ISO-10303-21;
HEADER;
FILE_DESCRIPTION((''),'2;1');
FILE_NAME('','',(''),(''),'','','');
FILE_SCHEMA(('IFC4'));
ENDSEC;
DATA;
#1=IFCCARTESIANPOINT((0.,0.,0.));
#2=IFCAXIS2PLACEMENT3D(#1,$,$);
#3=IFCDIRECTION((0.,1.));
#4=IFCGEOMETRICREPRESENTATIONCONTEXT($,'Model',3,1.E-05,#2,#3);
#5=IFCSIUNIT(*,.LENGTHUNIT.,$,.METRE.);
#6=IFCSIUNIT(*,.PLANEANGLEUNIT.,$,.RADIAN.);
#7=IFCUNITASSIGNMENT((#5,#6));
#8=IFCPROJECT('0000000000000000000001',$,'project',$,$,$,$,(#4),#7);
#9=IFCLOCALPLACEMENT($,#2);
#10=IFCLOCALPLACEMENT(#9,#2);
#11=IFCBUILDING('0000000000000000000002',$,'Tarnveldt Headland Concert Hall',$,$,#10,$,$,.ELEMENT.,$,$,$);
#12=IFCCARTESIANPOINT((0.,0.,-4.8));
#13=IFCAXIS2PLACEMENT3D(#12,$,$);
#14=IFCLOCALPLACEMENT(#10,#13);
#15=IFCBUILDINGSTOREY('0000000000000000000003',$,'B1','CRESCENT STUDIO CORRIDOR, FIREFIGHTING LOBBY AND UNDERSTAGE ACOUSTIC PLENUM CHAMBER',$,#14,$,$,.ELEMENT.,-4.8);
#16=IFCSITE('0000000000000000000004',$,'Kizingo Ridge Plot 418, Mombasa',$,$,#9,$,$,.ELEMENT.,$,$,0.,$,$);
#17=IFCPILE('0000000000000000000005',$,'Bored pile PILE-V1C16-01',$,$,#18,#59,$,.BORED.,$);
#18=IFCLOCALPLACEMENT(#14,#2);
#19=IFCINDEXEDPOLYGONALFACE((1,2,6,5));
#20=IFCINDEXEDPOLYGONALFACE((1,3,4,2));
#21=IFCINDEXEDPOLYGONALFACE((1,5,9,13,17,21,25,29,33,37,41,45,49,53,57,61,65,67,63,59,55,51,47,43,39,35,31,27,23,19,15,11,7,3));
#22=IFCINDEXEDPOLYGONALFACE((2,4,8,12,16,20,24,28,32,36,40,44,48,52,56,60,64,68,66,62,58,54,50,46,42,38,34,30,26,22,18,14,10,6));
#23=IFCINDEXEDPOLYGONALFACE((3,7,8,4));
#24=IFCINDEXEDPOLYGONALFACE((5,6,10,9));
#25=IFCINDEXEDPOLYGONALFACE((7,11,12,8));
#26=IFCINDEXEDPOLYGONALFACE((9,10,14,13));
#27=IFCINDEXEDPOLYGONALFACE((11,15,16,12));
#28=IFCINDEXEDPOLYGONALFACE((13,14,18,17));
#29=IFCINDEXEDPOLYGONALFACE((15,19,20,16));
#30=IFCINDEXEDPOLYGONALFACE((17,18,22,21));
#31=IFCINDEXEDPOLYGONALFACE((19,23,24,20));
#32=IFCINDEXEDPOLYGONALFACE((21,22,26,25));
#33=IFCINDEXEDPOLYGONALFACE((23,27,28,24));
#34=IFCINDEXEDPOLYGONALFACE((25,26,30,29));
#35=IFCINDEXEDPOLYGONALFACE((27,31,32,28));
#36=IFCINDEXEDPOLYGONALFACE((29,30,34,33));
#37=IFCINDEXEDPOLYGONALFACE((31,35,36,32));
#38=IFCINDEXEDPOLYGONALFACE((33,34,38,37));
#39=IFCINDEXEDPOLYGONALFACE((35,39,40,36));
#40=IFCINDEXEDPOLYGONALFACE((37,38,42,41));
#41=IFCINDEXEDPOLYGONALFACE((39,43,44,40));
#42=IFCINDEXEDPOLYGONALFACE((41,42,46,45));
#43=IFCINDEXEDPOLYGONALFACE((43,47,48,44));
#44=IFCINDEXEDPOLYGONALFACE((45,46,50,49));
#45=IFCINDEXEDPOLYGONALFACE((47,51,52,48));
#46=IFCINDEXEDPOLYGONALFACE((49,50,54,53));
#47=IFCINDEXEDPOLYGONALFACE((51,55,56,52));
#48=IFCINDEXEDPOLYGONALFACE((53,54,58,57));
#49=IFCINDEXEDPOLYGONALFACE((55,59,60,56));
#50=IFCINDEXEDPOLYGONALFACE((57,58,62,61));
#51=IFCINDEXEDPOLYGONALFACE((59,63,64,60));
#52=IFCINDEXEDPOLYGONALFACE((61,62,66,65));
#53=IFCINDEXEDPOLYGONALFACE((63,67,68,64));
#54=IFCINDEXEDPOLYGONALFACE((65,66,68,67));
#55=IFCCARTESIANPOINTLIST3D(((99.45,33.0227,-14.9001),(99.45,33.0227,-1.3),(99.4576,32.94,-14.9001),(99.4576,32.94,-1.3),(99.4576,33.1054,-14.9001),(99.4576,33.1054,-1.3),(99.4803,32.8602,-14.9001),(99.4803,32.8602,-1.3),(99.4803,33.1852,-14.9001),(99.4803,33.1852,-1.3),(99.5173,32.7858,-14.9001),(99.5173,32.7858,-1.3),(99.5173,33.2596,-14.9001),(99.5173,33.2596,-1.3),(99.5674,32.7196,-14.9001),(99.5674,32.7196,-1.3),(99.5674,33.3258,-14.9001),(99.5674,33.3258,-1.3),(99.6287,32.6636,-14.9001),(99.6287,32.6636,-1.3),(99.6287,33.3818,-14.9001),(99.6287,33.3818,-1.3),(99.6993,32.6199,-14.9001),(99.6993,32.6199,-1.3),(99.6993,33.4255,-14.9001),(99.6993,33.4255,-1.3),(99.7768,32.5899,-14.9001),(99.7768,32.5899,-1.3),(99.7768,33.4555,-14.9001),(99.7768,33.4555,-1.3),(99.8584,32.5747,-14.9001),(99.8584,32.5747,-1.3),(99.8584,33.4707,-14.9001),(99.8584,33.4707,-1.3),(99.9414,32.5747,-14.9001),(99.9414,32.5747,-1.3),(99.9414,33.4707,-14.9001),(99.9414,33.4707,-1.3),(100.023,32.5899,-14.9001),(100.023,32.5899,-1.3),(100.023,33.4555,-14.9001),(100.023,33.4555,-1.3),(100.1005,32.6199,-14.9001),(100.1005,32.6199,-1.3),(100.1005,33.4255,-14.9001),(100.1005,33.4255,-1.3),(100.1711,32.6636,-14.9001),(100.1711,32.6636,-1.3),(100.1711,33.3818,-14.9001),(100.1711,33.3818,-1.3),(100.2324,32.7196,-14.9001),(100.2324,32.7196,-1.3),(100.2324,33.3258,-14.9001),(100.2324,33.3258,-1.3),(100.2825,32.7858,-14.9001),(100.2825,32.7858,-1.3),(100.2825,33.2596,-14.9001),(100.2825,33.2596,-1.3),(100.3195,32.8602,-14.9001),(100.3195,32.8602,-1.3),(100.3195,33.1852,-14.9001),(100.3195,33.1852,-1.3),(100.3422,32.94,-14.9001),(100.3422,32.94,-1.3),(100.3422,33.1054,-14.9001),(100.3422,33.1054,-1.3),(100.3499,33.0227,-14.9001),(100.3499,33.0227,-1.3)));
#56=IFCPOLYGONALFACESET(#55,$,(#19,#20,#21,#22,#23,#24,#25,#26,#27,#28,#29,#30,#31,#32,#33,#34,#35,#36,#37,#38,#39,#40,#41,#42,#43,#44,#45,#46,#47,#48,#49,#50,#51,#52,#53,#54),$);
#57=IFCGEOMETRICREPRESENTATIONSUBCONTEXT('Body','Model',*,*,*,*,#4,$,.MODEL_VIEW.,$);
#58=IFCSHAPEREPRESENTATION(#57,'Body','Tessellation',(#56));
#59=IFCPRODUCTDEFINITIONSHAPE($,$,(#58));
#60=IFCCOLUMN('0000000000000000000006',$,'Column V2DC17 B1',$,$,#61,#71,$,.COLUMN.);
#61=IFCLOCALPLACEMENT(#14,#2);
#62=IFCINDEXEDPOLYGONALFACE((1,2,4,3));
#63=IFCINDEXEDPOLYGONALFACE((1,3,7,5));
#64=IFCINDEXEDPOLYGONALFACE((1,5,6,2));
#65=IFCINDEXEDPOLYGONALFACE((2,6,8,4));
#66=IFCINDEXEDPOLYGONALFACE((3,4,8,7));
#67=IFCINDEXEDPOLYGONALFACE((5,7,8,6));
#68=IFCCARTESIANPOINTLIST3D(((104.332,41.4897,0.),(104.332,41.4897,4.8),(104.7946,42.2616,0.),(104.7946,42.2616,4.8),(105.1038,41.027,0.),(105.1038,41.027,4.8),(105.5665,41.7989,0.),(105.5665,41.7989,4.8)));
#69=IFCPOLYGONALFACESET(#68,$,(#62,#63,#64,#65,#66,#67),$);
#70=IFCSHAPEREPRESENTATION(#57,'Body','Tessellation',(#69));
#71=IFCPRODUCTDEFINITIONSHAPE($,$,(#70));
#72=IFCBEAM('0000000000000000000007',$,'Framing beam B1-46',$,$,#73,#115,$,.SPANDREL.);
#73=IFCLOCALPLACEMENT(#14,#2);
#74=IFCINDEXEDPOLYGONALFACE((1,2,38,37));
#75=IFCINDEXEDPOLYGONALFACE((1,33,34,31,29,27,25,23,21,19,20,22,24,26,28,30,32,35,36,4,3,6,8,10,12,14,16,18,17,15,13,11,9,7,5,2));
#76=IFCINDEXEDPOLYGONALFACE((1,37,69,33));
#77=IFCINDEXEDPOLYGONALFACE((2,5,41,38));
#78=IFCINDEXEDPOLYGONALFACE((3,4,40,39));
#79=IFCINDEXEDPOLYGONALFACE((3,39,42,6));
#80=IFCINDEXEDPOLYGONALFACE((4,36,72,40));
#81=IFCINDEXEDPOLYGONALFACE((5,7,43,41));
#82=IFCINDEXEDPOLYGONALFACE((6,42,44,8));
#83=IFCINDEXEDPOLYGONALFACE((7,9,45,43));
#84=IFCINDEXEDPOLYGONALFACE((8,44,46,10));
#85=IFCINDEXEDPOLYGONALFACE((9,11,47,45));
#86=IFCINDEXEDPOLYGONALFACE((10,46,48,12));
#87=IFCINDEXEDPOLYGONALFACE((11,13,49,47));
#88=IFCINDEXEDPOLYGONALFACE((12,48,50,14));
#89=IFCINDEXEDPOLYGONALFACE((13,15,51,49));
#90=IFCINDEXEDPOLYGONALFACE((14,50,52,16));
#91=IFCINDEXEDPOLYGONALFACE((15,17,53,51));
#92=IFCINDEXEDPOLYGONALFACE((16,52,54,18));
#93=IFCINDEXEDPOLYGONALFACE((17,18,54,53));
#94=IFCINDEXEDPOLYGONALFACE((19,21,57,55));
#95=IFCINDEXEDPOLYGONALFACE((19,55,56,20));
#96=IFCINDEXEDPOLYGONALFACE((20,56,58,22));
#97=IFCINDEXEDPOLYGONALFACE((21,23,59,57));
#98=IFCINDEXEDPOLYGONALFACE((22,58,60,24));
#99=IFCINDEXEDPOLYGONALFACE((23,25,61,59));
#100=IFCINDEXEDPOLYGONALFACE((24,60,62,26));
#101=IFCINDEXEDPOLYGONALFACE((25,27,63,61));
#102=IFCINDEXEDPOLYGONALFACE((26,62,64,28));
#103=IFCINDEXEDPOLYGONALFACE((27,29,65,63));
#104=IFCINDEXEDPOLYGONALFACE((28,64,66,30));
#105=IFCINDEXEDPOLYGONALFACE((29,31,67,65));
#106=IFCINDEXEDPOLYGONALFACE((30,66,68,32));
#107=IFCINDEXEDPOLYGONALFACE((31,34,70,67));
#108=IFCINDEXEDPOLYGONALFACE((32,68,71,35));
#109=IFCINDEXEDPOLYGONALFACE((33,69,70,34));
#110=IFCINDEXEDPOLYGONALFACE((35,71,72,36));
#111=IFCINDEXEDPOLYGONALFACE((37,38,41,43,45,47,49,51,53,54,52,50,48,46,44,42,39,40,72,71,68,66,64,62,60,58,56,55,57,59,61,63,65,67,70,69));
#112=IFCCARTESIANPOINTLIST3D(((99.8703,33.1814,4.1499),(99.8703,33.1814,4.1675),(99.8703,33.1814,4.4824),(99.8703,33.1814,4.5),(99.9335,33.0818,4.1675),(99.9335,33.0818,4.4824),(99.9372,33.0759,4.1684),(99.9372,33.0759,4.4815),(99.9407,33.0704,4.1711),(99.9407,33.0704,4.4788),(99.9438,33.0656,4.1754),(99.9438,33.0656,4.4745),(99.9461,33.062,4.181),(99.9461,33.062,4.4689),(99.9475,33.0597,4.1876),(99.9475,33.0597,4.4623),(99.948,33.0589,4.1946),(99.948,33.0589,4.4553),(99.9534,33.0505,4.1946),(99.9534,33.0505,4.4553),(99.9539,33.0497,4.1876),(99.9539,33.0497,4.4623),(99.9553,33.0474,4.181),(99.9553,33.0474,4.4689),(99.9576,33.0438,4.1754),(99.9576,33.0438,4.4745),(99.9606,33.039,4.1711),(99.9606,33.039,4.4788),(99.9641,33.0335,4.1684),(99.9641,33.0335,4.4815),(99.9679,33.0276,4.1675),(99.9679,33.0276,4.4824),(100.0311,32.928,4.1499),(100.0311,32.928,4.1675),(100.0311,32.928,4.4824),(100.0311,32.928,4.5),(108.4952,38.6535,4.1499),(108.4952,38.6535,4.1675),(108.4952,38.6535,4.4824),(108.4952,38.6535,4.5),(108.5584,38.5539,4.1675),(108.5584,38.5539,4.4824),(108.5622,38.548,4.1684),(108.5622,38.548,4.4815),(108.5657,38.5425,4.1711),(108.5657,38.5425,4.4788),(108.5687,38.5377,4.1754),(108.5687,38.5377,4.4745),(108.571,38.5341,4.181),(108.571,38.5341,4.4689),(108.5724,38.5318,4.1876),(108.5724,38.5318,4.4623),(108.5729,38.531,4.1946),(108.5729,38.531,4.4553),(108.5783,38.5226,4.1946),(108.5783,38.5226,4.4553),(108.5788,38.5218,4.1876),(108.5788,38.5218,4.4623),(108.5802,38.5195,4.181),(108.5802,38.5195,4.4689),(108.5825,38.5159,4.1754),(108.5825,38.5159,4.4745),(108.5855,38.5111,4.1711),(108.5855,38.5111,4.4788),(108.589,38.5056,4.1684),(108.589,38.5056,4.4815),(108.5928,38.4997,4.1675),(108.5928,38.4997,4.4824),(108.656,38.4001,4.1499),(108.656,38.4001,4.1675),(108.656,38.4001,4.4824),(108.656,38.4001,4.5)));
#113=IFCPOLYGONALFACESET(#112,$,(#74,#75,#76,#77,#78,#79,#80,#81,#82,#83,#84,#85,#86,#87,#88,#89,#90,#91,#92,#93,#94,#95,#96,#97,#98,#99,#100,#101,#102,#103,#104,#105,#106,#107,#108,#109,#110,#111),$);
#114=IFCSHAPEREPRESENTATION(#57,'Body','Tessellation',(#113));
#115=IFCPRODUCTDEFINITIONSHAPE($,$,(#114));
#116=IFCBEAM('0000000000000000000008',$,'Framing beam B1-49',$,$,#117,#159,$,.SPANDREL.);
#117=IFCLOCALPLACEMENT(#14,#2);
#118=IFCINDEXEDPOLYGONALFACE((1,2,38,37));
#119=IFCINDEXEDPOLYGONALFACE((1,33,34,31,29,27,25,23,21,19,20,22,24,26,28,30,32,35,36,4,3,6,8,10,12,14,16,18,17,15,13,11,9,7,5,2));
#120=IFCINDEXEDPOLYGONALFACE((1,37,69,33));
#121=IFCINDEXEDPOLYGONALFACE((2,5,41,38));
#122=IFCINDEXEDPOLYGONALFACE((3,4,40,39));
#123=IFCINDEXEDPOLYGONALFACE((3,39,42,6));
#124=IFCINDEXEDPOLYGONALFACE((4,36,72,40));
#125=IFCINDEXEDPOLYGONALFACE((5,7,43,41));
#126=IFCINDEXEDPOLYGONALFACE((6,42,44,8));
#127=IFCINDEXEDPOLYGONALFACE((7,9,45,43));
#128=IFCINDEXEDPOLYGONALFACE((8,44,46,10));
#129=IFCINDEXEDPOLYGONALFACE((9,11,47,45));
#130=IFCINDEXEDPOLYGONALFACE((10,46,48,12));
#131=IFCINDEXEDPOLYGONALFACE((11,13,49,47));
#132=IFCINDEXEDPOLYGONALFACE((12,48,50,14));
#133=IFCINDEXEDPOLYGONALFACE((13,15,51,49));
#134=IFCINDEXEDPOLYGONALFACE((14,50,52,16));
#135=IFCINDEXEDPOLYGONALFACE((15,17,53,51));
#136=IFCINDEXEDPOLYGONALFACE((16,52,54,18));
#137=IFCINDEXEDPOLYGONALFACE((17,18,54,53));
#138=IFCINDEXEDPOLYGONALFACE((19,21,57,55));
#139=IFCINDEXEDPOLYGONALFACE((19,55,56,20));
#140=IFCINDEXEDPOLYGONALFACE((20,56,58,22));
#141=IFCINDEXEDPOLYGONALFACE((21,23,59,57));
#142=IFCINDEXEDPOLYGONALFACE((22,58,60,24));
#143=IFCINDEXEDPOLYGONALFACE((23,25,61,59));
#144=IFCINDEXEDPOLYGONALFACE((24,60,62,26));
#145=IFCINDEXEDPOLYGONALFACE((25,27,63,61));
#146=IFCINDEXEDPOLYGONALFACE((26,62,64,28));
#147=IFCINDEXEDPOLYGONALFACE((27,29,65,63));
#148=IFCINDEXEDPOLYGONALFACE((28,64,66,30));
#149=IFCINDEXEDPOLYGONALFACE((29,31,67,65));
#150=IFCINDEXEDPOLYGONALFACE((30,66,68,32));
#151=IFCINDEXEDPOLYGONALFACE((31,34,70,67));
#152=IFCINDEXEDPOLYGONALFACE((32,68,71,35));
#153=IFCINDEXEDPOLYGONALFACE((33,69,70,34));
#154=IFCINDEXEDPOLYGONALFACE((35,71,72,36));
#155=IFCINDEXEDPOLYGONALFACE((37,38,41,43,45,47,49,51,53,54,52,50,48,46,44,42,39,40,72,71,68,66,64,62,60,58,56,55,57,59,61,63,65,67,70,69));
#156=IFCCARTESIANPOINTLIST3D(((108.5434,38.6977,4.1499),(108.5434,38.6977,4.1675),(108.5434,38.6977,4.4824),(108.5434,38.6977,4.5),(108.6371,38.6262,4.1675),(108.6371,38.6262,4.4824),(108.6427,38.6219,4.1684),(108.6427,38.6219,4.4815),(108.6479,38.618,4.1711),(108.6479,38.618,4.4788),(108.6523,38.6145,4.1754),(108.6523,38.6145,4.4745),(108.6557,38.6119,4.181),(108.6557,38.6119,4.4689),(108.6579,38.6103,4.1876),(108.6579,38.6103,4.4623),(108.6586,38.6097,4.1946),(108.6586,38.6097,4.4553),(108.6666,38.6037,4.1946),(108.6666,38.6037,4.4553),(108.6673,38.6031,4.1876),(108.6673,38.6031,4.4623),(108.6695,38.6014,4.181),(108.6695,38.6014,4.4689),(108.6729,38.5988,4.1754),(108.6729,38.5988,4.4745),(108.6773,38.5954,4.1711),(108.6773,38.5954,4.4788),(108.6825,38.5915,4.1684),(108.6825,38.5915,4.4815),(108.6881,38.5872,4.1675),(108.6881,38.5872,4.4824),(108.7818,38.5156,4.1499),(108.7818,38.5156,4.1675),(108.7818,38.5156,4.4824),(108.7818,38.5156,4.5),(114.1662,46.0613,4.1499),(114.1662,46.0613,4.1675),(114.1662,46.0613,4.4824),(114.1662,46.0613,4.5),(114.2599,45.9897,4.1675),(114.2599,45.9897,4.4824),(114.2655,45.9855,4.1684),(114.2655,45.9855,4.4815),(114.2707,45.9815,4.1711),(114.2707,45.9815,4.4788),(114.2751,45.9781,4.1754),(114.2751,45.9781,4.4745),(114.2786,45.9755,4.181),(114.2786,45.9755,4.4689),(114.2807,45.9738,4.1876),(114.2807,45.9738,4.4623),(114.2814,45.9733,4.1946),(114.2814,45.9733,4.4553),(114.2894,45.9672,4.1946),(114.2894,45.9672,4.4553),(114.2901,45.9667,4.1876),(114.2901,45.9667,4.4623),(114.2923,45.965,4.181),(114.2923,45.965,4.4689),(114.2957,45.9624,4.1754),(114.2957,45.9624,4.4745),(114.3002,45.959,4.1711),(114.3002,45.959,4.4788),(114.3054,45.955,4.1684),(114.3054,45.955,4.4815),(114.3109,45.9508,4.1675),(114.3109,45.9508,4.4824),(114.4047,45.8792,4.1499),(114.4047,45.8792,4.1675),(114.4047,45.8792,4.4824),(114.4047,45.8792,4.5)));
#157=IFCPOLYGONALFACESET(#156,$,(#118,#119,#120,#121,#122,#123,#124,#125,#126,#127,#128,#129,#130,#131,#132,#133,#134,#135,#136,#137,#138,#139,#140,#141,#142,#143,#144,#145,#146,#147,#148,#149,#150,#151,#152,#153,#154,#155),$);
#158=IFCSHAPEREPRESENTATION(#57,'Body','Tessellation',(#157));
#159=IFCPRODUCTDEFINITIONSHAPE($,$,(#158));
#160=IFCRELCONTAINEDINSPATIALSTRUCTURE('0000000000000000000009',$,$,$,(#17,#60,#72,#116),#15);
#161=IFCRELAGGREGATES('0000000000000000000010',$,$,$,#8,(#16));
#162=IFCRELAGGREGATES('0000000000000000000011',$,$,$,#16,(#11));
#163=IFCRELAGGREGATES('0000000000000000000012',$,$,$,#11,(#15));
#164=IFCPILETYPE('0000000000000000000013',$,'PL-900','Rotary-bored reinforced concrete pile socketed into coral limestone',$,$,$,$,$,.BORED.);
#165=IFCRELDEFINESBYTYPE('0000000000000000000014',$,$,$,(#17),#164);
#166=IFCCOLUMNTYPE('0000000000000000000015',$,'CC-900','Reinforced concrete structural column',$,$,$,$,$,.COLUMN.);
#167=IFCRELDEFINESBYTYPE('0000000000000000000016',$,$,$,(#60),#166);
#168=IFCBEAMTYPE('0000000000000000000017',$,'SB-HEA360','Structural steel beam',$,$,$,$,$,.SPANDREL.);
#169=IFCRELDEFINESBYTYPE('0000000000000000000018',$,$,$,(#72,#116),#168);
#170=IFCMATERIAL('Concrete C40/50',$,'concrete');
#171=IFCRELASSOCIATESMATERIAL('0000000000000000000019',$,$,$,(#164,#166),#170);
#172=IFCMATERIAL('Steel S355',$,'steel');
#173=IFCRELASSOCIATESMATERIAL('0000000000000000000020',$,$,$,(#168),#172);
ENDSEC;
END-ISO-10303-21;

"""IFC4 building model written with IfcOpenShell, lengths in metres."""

from ifc_helpers import new_model, si_unit, direction, frame, origin, origin_2d, place, context, subcontext, project, spatial, rectangle, circle, i_section, extrude, material, material_profile, profile_set, type_object, element, save


model = new_model("IFC4")

# Units and contexts
model_context = context("Model", 3, precision=1e-05, world=origin(), true_north=direction((0.0, 1.0)))
body_context = subcontext(model_context, "Body", "Model", "MODEL_VIEW")
ifc_project = project(units=[si_unit("LENGTHUNIT", "METRE"), si_unit("PLANEANGLEUNIT", "RADIAN")], contexts=[model_context])

# Site, building, storey
site_placement = place(None, origin())
site = spatial("IfcSite", under=ifc_project, at=site_placement, Name="Kizingo Ridge Plot 418, Mombasa", CompositionType="ELEMENT", RefElevation=0.0)
building_placement = place(site_placement, origin())
building = spatial("IfcBuilding", under=site, at=building_placement, Name="Tarnveldt Headland Concert Hall", CompositionType="ELEMENT")
storey_placement = place(building_placement, frame((0.0, 0.0, -4.8)))
storey = spatial("IfcBuildingStorey", under=building, at=storey_placement, Name="B1", Description="CRESCENT STUDIO CORRIDOR, FIREFIGHTING LOBBY AND UNDERSTAGE ACOUSTIC PLENUM CHAMBER", CompositionType="ELEMENT", Elevation=-4.8)

# Shared definitions
ifc_material_1 = material(Name="Concrete C40/50", Category="concrete")

# Pile
ifc_material_profile_1 = material_profile(ifc_material_1, circle(Radius=0.45, at=origin_2d()), Name="BORED PILE D900", Category="concrete")
ifc_profile_set_1 = profile_set([ifc_material_profile_1], Name="Concrete C40/50")
pile_type_1 = type_object("IfcPileType", Name="PL-900", Description="Rotary-bored reinforced concrete pile socketed into coral limestone", PredefinedType="BORED", material=ifc_profile_set_1)
pile_1_placement = place(storey_placement, frame((99.8999, 33.0227, -1.3), z_axis=(0.0, 0.0, -1.0), x_axis=(1.0, 0.0, 0.0)))
element("IfcPile", 1, at=pile_1_placement, inside=storey, type_object=pile_type_1, Name="Bored pile PILE-V1C16-01", PredefinedType="BORED", context=body_context, shape_type="SweptSolid", body=[
    extrude(circle(Radius=0.45, at=origin_2d()), origin(), (0.0, 0.0, 1.0), 13.6001),
])

# Column
ifc_material_profile_2 = material_profile(ifc_material_1, rectangle(XDim=0.8999, YDim=0.8999, at=origin_2d()), Name="RC 900x900", Category="concrete")
ifc_profile_set_2 = profile_set([ifc_material_profile_2], Name="Concrete C40/50")
column_type_1 = type_object("IfcColumnType", Name="CC-900", Description="Reinforced concrete structural column", PredefinedType="COLUMN", material=ifc_profile_set_2)
column_placement = place(storey_placement, frame((104.9492, 41.6443, 0.0), z_axis=(0.0, 0.0, 1.0), x_axis=(0.857706, -0.51414, 0.0)))
element("IfcColumn", 2, at=column_placement, inside=storey, type_object=column_type_1, Name="Column V2DC17 B1", PredefinedType="COLUMN", context=body_context, shape_type="SweptSolid", body=[
    extrude(rectangle(XDim=0.8999, YDim=0.8999, at=origin_2d()), origin(), (0.0, 0.0, 1.0), 4.8),
])

# Beams
ifc_material_2 = material(Name="Steel S355", Category="steel")
ifc_material_profile_3 = material_profile(ifc_material_2, i_section(OverallWidth=0.3, OverallDepth=0.3501, WebThickness=0.01, FlangeThickness=0.0176, FilletRadius=0.0271, at=origin_2d()), Name="HEA360", Category="steel")
ifc_profile_set_3 = profile_set([ifc_material_profile_3], Name="Steel S355")
beam_type_1 = type_object("IfcBeamType", Name="SB-HEA360", Description="Structural steel beam", PredefinedType="SPANDREL", material=ifc_profile_set_3)
beam_1_placement = place(storey_placement, frame((99.9507, 33.0547, 4.325), z_axis=(0.844391, 0.535727, 0.0), x_axis=(-0.535727, 0.844391, 0.0)))
element("IfcBeam", 3, at=beam_1_placement, inside=storey, type_object=beam_type_1, Name="Framing beam B1-46", PredefinedType="SPANDREL", context=body_context, shape_type="SweptSolid", body=[
    extrude(i_section(OverallWidth=0.3, OverallDepth=0.3501, WebThickness=0.01, FlangeThickness=0.0176, FilletRadius=0.0271, at=origin_2d()), origin(), (0.0, 0.0, 1.0), 10.2144),
])
beam_2_placement = place(storey_placement, frame((108.6626, 38.6067, 4.325), z_axis=(0.606896, 0.794781, 0.0), x_axis=(-0.794781, 0.606896, 0.0)))
element("IfcBeam", 4, at=beam_2_placement, inside=storey, type_object=beam_type_1, Name="Framing beam B1-49", PredefinedType="SPANDREL", context=body_context, shape_type="SweptSolid", body=[
    extrude(i_section(OverallWidth=0.3, OverallDepth=0.3501, WebThickness=0.01, FlangeThickness=0.0176, FilletRadius=0.0271, at=origin_2d()), origin(), (0.0, 0.0, 1.0), 9.2649),
])

save(model, "model.ifc")
